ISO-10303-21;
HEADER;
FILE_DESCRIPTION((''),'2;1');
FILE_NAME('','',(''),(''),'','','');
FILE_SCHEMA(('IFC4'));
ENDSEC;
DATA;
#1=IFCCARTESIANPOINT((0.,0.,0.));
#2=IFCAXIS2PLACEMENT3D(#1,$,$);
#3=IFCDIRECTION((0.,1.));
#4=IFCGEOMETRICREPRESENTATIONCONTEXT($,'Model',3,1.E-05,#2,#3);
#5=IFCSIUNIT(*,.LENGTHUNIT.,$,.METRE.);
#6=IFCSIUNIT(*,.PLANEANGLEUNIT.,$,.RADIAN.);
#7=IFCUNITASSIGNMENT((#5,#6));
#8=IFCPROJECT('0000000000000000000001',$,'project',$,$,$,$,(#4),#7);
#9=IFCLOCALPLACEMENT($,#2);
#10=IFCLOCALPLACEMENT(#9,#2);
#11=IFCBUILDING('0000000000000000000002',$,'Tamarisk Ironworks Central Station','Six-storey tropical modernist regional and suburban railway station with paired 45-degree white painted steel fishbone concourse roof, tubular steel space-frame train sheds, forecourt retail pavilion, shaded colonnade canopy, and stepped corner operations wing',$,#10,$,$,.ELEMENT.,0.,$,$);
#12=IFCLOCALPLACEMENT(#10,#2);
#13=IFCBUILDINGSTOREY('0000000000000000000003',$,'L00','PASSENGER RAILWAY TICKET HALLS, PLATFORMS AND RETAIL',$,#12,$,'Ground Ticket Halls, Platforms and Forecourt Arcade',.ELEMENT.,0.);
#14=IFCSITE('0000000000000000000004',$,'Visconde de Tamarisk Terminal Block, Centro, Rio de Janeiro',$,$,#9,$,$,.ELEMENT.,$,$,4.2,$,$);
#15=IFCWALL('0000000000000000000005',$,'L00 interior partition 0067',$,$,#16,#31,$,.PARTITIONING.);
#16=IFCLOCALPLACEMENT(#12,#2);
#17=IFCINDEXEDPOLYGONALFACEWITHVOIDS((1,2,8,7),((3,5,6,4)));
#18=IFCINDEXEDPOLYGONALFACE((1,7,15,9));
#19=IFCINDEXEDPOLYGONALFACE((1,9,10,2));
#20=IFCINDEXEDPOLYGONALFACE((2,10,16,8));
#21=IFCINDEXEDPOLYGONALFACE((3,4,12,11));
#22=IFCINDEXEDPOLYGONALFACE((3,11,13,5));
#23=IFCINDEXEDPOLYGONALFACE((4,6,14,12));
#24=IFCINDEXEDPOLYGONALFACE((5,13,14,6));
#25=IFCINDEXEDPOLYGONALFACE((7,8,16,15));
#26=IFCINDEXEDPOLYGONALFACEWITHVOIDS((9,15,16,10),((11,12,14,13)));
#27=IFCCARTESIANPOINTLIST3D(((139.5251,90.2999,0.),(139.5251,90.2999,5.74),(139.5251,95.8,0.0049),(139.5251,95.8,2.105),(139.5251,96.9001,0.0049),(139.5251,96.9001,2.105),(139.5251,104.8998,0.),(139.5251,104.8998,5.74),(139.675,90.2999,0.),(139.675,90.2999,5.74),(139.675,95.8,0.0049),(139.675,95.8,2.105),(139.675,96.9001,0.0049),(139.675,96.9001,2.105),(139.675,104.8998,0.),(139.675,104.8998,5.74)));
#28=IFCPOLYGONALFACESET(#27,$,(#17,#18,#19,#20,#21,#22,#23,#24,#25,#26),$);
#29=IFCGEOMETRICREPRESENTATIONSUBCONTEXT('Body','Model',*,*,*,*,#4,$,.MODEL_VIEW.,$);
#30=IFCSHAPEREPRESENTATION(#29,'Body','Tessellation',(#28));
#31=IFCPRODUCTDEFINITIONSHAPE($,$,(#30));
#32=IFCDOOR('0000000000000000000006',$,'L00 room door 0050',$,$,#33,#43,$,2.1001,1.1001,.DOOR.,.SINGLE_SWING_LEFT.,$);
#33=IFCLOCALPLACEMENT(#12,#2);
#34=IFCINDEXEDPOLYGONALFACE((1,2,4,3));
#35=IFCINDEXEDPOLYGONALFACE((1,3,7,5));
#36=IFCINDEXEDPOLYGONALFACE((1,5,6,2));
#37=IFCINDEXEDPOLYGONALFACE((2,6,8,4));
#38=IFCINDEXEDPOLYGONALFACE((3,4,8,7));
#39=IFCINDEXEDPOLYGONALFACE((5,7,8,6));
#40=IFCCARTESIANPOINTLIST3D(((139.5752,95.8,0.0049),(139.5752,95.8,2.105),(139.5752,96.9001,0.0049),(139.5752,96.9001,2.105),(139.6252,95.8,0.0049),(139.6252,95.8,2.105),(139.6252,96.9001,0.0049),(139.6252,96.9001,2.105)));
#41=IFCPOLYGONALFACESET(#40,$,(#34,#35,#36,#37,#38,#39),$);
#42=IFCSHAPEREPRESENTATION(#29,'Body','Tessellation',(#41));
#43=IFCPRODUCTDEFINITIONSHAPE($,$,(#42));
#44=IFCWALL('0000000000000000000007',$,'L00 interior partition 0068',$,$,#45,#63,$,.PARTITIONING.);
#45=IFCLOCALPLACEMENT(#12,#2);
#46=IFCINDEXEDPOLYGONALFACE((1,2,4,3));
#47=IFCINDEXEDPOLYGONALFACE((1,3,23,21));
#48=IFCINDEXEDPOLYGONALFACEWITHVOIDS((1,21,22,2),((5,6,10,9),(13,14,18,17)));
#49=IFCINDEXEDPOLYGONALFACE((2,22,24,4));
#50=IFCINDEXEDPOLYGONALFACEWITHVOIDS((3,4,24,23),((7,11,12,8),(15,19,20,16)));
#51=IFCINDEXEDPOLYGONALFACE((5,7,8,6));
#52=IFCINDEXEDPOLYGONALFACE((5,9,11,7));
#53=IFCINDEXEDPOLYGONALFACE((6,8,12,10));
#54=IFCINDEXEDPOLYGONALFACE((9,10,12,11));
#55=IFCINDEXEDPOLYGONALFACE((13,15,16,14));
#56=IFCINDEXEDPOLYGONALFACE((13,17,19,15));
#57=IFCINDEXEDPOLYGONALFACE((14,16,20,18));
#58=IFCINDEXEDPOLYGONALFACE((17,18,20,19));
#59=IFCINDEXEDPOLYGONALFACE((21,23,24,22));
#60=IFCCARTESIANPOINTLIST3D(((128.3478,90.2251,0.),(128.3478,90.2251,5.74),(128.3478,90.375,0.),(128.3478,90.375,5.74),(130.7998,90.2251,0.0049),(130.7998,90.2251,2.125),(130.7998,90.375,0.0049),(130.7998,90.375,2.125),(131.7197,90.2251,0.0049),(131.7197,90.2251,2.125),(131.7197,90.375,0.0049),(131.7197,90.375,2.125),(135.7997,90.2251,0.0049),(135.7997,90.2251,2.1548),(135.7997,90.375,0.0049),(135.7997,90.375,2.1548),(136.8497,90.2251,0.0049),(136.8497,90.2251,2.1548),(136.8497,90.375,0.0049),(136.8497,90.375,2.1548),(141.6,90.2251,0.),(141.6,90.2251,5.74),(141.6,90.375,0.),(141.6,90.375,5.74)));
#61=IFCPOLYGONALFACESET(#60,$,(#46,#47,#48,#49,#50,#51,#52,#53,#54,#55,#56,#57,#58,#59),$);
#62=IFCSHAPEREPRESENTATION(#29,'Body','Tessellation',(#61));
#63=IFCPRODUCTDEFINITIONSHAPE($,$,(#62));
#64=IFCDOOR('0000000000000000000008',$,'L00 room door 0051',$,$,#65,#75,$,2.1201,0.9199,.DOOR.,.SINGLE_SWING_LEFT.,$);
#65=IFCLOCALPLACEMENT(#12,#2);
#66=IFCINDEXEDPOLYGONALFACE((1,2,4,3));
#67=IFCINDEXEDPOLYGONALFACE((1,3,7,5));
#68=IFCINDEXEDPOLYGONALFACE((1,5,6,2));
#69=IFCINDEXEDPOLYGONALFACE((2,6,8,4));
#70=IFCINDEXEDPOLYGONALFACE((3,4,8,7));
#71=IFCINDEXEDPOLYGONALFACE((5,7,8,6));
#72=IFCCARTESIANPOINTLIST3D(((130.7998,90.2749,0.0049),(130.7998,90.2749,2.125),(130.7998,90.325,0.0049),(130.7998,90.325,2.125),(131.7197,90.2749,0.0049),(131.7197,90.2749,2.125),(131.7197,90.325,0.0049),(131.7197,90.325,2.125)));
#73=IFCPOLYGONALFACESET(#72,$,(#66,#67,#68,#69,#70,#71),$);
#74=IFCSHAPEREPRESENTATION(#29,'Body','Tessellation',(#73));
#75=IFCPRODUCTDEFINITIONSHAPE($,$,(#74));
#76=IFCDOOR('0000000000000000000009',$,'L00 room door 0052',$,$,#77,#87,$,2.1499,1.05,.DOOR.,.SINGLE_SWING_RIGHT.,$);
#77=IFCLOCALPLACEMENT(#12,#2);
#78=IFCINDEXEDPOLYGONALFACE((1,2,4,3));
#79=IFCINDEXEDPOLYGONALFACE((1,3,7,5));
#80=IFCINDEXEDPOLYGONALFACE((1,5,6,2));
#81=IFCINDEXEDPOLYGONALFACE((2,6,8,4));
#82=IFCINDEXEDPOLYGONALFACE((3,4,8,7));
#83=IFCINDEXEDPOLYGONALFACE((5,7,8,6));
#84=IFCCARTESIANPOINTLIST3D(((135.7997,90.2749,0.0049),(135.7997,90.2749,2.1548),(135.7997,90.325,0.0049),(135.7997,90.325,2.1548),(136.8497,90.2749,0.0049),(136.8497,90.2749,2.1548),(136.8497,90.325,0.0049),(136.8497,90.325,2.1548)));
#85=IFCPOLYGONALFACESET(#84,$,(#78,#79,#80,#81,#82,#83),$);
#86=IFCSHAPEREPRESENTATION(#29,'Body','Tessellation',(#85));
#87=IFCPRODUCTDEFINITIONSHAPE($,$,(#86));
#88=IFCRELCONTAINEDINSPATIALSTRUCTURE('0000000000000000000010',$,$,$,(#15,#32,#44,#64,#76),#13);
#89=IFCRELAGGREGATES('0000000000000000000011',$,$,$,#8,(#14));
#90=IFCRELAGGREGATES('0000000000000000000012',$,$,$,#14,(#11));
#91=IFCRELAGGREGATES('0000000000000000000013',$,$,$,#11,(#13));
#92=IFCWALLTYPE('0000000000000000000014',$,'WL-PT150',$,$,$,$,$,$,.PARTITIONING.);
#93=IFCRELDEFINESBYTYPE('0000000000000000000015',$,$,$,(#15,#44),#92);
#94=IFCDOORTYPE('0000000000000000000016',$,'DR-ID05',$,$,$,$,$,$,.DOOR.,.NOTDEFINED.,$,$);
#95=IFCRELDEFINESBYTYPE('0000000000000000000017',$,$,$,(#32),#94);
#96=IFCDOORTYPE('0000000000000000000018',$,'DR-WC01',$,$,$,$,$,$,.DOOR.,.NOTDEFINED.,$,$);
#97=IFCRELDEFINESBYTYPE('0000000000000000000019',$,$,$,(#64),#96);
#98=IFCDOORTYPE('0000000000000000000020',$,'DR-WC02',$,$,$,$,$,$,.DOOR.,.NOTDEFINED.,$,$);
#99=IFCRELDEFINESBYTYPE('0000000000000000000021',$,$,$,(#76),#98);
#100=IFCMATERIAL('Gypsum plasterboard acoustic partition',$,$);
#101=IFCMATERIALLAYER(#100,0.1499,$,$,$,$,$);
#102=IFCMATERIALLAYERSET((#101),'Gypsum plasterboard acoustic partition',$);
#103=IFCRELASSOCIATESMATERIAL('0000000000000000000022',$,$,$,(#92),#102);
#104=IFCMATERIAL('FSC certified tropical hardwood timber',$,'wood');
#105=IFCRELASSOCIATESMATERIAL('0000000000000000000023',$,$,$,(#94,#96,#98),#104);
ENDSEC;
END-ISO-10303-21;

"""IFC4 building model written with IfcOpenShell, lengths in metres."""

from ifc_helpers import new_model, si_unit, direction, frame, frame_2d, origin, place, context, subcontext, project, spatial, rectangle, extrude, material, layer, layer_set, type_object, element, fill, save


model = new_model("IFC4")

# Units and contexts
model_context = context("Model", 3, precision=1e-05, world=origin(), true_north=direction((0.0, 1.0)))
body_context = subcontext(model_context, "Body", "Model", "MODEL_VIEW")
ifc_project = project(units=[si_unit("LENGTHUNIT", "METRE"), si_unit("PLANEANGLEUNIT", "RADIAN")], contexts=[model_context])

# Site, building, storey
site_placement = place(None, origin())
site = spatial("IfcSite", under=ifc_project, at=site_placement, Name="Visconde de Tamarisk Terminal Block, Centro, Rio de Janeiro", CompositionType="ELEMENT", RefElevation=4.2)
building_placement = place(site_placement, origin())
building = spatial("IfcBuilding", under=site, at=building_placement, Name="Tamarisk Ironworks Central Station", Description="Six-storey tropical modernist regional and suburban railway station with paired 45-degree white painted steel fishbone concourse roof, tubular steel space-frame train sheds, forecourt retail pavilion, shaded colonnade canopy, and stepped corner operations wing", CompositionType="ELEMENT", ElevationOfRefHeight=0.0)
storey_placement = place(building_placement, origin())
storey = spatial("IfcBuildingStorey", under=building, at=storey_placement, Name="L00", Description="PASSENGER RAILWAY TICKET HALLS, PLATFORMS AND RETAIL", LongName="Ground Ticket Halls, Platforms and Forecourt Arcade", CompositionType="ELEMENT", Elevation=0.0)

# Shared definitions
ifc_material_1 = material(Name="Gypsum plasterboard acoustic partition")
ifc_layer_1 = layer(ifc_material_1, 0.1499)
ifc_layer_set_1 = layer_set([ifc_layer_1], Name="Gypsum plasterboard acoustic partition")
wall_type_1 = type_object("IfcWallType", Name="WL-PT150", PredefinedType="PARTITIONING", material=ifc_layer_set_1)

# Wall, opening, door
wall_1_placement = place(storey_placement, frame((139.6001, 90.3, 0.0), z_axis=(0.0, 0.0, 1.0), x_axis=(0.0, 1.0, 0.0)))
wall_1 = element("IfcWall", 1, at=wall_1_placement, inside=storey, type_object=wall_type_1, Name="L00 interior partition 0067", PredefinedType="PARTITIONING", context=body_context, shape_type="SweptSolid", body=[
    extrude(rectangle(XDim=14.5999, YDim=0.1499, at=frame_2d((7.2998, 0.0))), origin(), (0.0, 0.0, 1.0), 5.74),
])
opening_1_placement = place(wall_1_placement, frame((5.5, 0.0, 0.0049)))
opening_1 = element("IfcOpeningElement", 2, at=opening_1_placement, cuts=wall_1, PredefinedType="OPENING", context=body_context, shape_type="SweptSolid", body=[
    extrude(rectangle(XDim=1.1001, YDim=2.1001, at=frame_2d((0.55, 1.05))), frame((0.0, 0.0869, 0.0), z_axis=(0.0, -1.0, 0.0), x_axis=(1.0, 0.0, 0.0)), (0.0, 0.0, 1.0), 0.1738),
])
ifc_material_2 = material(Name="FSC certified tropical hardwood timber", Category="wood")
door_type_1 = type_object("IfcDoorType", Name="DR-ID05", OperationType="NOTDEFINED", PredefinedType="DOOR", material=ifc_material_2)
door_1_placement = place(opening_1_placement, origin())
door_1 = element("IfcDoor", 3, at=door_1_placement, inside=storey, type_object=door_type_1, Name="L00 room door 0050", OperationType="SINGLE_SWING_LEFT", OverallHeight=2.1001, OverallWidth=1.1001, PredefinedType="DOOR", context=body_context, shape_type="SweptSolid", body=[
    extrude(rectangle(XDim=1.1001, YDim=2.1001, at=frame_2d((0.55, 1.05))), frame((0.0, 0.0249, 0.0), z_axis=(0.0, -1.0, 0.0), x_axis=(1.0, 0.0, 0.0)), (0.0, 0.0, 1.0), 0.05),
])
fill(opening_1, door_1)

# Wall, openings, doors
wall_2_placement = place(storey_placement, frame((128.3479, 90.3, 0.0), z_axis=(0.0, 0.0, 1.0), x_axis=(1.0, 0.0, 0.0)))
wall_2 = element("IfcWall", 4, at=wall_2_placement, inside=storey, type_object=wall_type_1, Name="L00 interior partition 0068", PredefinedType="PARTITIONING", context=body_context, shape_type="SweptSolid", body=[
    extrude(rectangle(XDim=13.2522, YDim=0.1499, at=frame_2d((6.626, 0.0))), origin(), (0.0, 0.0, 1.0), 5.74),
])
opening_2_placement = place(wall_2_placement, frame((2.4519, 0.0, 0.0049)))
opening_2 = element("IfcOpeningElement", 5, at=opening_2_placement, cuts=wall_2, PredefinedType="OPENING", context=body_context, shape_type="SweptSolid", body=[
    extrude(rectangle(XDim=0.9199, YDim=2.1201, at=frame_2d((0.46, 1.0601))), frame((0.0, 0.0869, 0.0), z_axis=(0.0, -1.0, 0.0), x_axis=(1.0, 0.0, 0.0)), (0.0, 0.0, 1.0), 0.1738),
])
opening_3_placement = place(wall_2_placement, frame((7.4519, 0.0, 0.0049)))
opening_3 = element("IfcOpeningElement", 6, at=opening_3_placement, cuts=wall_2, PredefinedType="OPENING", context=body_context, shape_type="SweptSolid", body=[
    extrude(rectangle(XDim=1.05, YDim=2.1499, at=frame_2d((0.5249, 1.075))), frame((0.0, 0.0869, 0.0), z_axis=(0.0, -1.0, 0.0), x_axis=(1.0, 0.0, 0.0)), (0.0, 0.0, 1.0), 0.1738),
])
door_type_2 = type_object("IfcDoorType", Name="DR-WC01", OperationType="NOTDEFINED", PredefinedType="DOOR", material=ifc_material_2)
door_2_placement = place(opening_2_placement, origin())
door_2 = element("IfcDoor", 7, at=door_2_placement, inside=storey, type_object=door_type_2, Name="L00 room door 0051", OperationType="SINGLE_SWING_LEFT", OverallHeight=2.1201, OverallWidth=0.9199, PredefinedType="DOOR", context=body_context, shape_type="SweptSolid", body=[
    extrude(rectangle(XDim=0.9199, YDim=2.1201, at=frame_2d((0.46, 1.0601))), frame((0.0, 0.0249, 0.0), z_axis=(0.0, -1.0, 0.0), x_axis=(1.0, 0.0, 0.0)), (0.0, 0.0, 1.0), 0.05),
])
fill(opening_2, door_2)
door_type_3 = type_object("IfcDoorType", Name="DR-WC02", OperationType="NOTDEFINED", PredefinedType="DOOR", material=ifc_material_2)
door_3_placement = place(opening_3_placement, origin())
door_3 = element("IfcDoor", 8, at=door_3_placement, inside=storey, type_object=door_type_3, Name="L00 room door 0052", OperationType="SINGLE_SWING_RIGHT", OverallHeight=2.1499, OverallWidth=1.05, PredefinedType="DOOR", context=body_context, shape_type="SweptSolid", body=[
    extrude(rectangle(XDim=1.05, YDim=2.1499, at=frame_2d((0.5249, 1.075))), frame((0.0, 0.0249, 0.0), z_axis=(0.0, -1.0, 0.0), x_axis=(1.0, 0.0, 0.0)), (0.0, 0.0, 1.0), 0.05),
])
fill(opening_3, door_3)

save(model, "model.ifc")
